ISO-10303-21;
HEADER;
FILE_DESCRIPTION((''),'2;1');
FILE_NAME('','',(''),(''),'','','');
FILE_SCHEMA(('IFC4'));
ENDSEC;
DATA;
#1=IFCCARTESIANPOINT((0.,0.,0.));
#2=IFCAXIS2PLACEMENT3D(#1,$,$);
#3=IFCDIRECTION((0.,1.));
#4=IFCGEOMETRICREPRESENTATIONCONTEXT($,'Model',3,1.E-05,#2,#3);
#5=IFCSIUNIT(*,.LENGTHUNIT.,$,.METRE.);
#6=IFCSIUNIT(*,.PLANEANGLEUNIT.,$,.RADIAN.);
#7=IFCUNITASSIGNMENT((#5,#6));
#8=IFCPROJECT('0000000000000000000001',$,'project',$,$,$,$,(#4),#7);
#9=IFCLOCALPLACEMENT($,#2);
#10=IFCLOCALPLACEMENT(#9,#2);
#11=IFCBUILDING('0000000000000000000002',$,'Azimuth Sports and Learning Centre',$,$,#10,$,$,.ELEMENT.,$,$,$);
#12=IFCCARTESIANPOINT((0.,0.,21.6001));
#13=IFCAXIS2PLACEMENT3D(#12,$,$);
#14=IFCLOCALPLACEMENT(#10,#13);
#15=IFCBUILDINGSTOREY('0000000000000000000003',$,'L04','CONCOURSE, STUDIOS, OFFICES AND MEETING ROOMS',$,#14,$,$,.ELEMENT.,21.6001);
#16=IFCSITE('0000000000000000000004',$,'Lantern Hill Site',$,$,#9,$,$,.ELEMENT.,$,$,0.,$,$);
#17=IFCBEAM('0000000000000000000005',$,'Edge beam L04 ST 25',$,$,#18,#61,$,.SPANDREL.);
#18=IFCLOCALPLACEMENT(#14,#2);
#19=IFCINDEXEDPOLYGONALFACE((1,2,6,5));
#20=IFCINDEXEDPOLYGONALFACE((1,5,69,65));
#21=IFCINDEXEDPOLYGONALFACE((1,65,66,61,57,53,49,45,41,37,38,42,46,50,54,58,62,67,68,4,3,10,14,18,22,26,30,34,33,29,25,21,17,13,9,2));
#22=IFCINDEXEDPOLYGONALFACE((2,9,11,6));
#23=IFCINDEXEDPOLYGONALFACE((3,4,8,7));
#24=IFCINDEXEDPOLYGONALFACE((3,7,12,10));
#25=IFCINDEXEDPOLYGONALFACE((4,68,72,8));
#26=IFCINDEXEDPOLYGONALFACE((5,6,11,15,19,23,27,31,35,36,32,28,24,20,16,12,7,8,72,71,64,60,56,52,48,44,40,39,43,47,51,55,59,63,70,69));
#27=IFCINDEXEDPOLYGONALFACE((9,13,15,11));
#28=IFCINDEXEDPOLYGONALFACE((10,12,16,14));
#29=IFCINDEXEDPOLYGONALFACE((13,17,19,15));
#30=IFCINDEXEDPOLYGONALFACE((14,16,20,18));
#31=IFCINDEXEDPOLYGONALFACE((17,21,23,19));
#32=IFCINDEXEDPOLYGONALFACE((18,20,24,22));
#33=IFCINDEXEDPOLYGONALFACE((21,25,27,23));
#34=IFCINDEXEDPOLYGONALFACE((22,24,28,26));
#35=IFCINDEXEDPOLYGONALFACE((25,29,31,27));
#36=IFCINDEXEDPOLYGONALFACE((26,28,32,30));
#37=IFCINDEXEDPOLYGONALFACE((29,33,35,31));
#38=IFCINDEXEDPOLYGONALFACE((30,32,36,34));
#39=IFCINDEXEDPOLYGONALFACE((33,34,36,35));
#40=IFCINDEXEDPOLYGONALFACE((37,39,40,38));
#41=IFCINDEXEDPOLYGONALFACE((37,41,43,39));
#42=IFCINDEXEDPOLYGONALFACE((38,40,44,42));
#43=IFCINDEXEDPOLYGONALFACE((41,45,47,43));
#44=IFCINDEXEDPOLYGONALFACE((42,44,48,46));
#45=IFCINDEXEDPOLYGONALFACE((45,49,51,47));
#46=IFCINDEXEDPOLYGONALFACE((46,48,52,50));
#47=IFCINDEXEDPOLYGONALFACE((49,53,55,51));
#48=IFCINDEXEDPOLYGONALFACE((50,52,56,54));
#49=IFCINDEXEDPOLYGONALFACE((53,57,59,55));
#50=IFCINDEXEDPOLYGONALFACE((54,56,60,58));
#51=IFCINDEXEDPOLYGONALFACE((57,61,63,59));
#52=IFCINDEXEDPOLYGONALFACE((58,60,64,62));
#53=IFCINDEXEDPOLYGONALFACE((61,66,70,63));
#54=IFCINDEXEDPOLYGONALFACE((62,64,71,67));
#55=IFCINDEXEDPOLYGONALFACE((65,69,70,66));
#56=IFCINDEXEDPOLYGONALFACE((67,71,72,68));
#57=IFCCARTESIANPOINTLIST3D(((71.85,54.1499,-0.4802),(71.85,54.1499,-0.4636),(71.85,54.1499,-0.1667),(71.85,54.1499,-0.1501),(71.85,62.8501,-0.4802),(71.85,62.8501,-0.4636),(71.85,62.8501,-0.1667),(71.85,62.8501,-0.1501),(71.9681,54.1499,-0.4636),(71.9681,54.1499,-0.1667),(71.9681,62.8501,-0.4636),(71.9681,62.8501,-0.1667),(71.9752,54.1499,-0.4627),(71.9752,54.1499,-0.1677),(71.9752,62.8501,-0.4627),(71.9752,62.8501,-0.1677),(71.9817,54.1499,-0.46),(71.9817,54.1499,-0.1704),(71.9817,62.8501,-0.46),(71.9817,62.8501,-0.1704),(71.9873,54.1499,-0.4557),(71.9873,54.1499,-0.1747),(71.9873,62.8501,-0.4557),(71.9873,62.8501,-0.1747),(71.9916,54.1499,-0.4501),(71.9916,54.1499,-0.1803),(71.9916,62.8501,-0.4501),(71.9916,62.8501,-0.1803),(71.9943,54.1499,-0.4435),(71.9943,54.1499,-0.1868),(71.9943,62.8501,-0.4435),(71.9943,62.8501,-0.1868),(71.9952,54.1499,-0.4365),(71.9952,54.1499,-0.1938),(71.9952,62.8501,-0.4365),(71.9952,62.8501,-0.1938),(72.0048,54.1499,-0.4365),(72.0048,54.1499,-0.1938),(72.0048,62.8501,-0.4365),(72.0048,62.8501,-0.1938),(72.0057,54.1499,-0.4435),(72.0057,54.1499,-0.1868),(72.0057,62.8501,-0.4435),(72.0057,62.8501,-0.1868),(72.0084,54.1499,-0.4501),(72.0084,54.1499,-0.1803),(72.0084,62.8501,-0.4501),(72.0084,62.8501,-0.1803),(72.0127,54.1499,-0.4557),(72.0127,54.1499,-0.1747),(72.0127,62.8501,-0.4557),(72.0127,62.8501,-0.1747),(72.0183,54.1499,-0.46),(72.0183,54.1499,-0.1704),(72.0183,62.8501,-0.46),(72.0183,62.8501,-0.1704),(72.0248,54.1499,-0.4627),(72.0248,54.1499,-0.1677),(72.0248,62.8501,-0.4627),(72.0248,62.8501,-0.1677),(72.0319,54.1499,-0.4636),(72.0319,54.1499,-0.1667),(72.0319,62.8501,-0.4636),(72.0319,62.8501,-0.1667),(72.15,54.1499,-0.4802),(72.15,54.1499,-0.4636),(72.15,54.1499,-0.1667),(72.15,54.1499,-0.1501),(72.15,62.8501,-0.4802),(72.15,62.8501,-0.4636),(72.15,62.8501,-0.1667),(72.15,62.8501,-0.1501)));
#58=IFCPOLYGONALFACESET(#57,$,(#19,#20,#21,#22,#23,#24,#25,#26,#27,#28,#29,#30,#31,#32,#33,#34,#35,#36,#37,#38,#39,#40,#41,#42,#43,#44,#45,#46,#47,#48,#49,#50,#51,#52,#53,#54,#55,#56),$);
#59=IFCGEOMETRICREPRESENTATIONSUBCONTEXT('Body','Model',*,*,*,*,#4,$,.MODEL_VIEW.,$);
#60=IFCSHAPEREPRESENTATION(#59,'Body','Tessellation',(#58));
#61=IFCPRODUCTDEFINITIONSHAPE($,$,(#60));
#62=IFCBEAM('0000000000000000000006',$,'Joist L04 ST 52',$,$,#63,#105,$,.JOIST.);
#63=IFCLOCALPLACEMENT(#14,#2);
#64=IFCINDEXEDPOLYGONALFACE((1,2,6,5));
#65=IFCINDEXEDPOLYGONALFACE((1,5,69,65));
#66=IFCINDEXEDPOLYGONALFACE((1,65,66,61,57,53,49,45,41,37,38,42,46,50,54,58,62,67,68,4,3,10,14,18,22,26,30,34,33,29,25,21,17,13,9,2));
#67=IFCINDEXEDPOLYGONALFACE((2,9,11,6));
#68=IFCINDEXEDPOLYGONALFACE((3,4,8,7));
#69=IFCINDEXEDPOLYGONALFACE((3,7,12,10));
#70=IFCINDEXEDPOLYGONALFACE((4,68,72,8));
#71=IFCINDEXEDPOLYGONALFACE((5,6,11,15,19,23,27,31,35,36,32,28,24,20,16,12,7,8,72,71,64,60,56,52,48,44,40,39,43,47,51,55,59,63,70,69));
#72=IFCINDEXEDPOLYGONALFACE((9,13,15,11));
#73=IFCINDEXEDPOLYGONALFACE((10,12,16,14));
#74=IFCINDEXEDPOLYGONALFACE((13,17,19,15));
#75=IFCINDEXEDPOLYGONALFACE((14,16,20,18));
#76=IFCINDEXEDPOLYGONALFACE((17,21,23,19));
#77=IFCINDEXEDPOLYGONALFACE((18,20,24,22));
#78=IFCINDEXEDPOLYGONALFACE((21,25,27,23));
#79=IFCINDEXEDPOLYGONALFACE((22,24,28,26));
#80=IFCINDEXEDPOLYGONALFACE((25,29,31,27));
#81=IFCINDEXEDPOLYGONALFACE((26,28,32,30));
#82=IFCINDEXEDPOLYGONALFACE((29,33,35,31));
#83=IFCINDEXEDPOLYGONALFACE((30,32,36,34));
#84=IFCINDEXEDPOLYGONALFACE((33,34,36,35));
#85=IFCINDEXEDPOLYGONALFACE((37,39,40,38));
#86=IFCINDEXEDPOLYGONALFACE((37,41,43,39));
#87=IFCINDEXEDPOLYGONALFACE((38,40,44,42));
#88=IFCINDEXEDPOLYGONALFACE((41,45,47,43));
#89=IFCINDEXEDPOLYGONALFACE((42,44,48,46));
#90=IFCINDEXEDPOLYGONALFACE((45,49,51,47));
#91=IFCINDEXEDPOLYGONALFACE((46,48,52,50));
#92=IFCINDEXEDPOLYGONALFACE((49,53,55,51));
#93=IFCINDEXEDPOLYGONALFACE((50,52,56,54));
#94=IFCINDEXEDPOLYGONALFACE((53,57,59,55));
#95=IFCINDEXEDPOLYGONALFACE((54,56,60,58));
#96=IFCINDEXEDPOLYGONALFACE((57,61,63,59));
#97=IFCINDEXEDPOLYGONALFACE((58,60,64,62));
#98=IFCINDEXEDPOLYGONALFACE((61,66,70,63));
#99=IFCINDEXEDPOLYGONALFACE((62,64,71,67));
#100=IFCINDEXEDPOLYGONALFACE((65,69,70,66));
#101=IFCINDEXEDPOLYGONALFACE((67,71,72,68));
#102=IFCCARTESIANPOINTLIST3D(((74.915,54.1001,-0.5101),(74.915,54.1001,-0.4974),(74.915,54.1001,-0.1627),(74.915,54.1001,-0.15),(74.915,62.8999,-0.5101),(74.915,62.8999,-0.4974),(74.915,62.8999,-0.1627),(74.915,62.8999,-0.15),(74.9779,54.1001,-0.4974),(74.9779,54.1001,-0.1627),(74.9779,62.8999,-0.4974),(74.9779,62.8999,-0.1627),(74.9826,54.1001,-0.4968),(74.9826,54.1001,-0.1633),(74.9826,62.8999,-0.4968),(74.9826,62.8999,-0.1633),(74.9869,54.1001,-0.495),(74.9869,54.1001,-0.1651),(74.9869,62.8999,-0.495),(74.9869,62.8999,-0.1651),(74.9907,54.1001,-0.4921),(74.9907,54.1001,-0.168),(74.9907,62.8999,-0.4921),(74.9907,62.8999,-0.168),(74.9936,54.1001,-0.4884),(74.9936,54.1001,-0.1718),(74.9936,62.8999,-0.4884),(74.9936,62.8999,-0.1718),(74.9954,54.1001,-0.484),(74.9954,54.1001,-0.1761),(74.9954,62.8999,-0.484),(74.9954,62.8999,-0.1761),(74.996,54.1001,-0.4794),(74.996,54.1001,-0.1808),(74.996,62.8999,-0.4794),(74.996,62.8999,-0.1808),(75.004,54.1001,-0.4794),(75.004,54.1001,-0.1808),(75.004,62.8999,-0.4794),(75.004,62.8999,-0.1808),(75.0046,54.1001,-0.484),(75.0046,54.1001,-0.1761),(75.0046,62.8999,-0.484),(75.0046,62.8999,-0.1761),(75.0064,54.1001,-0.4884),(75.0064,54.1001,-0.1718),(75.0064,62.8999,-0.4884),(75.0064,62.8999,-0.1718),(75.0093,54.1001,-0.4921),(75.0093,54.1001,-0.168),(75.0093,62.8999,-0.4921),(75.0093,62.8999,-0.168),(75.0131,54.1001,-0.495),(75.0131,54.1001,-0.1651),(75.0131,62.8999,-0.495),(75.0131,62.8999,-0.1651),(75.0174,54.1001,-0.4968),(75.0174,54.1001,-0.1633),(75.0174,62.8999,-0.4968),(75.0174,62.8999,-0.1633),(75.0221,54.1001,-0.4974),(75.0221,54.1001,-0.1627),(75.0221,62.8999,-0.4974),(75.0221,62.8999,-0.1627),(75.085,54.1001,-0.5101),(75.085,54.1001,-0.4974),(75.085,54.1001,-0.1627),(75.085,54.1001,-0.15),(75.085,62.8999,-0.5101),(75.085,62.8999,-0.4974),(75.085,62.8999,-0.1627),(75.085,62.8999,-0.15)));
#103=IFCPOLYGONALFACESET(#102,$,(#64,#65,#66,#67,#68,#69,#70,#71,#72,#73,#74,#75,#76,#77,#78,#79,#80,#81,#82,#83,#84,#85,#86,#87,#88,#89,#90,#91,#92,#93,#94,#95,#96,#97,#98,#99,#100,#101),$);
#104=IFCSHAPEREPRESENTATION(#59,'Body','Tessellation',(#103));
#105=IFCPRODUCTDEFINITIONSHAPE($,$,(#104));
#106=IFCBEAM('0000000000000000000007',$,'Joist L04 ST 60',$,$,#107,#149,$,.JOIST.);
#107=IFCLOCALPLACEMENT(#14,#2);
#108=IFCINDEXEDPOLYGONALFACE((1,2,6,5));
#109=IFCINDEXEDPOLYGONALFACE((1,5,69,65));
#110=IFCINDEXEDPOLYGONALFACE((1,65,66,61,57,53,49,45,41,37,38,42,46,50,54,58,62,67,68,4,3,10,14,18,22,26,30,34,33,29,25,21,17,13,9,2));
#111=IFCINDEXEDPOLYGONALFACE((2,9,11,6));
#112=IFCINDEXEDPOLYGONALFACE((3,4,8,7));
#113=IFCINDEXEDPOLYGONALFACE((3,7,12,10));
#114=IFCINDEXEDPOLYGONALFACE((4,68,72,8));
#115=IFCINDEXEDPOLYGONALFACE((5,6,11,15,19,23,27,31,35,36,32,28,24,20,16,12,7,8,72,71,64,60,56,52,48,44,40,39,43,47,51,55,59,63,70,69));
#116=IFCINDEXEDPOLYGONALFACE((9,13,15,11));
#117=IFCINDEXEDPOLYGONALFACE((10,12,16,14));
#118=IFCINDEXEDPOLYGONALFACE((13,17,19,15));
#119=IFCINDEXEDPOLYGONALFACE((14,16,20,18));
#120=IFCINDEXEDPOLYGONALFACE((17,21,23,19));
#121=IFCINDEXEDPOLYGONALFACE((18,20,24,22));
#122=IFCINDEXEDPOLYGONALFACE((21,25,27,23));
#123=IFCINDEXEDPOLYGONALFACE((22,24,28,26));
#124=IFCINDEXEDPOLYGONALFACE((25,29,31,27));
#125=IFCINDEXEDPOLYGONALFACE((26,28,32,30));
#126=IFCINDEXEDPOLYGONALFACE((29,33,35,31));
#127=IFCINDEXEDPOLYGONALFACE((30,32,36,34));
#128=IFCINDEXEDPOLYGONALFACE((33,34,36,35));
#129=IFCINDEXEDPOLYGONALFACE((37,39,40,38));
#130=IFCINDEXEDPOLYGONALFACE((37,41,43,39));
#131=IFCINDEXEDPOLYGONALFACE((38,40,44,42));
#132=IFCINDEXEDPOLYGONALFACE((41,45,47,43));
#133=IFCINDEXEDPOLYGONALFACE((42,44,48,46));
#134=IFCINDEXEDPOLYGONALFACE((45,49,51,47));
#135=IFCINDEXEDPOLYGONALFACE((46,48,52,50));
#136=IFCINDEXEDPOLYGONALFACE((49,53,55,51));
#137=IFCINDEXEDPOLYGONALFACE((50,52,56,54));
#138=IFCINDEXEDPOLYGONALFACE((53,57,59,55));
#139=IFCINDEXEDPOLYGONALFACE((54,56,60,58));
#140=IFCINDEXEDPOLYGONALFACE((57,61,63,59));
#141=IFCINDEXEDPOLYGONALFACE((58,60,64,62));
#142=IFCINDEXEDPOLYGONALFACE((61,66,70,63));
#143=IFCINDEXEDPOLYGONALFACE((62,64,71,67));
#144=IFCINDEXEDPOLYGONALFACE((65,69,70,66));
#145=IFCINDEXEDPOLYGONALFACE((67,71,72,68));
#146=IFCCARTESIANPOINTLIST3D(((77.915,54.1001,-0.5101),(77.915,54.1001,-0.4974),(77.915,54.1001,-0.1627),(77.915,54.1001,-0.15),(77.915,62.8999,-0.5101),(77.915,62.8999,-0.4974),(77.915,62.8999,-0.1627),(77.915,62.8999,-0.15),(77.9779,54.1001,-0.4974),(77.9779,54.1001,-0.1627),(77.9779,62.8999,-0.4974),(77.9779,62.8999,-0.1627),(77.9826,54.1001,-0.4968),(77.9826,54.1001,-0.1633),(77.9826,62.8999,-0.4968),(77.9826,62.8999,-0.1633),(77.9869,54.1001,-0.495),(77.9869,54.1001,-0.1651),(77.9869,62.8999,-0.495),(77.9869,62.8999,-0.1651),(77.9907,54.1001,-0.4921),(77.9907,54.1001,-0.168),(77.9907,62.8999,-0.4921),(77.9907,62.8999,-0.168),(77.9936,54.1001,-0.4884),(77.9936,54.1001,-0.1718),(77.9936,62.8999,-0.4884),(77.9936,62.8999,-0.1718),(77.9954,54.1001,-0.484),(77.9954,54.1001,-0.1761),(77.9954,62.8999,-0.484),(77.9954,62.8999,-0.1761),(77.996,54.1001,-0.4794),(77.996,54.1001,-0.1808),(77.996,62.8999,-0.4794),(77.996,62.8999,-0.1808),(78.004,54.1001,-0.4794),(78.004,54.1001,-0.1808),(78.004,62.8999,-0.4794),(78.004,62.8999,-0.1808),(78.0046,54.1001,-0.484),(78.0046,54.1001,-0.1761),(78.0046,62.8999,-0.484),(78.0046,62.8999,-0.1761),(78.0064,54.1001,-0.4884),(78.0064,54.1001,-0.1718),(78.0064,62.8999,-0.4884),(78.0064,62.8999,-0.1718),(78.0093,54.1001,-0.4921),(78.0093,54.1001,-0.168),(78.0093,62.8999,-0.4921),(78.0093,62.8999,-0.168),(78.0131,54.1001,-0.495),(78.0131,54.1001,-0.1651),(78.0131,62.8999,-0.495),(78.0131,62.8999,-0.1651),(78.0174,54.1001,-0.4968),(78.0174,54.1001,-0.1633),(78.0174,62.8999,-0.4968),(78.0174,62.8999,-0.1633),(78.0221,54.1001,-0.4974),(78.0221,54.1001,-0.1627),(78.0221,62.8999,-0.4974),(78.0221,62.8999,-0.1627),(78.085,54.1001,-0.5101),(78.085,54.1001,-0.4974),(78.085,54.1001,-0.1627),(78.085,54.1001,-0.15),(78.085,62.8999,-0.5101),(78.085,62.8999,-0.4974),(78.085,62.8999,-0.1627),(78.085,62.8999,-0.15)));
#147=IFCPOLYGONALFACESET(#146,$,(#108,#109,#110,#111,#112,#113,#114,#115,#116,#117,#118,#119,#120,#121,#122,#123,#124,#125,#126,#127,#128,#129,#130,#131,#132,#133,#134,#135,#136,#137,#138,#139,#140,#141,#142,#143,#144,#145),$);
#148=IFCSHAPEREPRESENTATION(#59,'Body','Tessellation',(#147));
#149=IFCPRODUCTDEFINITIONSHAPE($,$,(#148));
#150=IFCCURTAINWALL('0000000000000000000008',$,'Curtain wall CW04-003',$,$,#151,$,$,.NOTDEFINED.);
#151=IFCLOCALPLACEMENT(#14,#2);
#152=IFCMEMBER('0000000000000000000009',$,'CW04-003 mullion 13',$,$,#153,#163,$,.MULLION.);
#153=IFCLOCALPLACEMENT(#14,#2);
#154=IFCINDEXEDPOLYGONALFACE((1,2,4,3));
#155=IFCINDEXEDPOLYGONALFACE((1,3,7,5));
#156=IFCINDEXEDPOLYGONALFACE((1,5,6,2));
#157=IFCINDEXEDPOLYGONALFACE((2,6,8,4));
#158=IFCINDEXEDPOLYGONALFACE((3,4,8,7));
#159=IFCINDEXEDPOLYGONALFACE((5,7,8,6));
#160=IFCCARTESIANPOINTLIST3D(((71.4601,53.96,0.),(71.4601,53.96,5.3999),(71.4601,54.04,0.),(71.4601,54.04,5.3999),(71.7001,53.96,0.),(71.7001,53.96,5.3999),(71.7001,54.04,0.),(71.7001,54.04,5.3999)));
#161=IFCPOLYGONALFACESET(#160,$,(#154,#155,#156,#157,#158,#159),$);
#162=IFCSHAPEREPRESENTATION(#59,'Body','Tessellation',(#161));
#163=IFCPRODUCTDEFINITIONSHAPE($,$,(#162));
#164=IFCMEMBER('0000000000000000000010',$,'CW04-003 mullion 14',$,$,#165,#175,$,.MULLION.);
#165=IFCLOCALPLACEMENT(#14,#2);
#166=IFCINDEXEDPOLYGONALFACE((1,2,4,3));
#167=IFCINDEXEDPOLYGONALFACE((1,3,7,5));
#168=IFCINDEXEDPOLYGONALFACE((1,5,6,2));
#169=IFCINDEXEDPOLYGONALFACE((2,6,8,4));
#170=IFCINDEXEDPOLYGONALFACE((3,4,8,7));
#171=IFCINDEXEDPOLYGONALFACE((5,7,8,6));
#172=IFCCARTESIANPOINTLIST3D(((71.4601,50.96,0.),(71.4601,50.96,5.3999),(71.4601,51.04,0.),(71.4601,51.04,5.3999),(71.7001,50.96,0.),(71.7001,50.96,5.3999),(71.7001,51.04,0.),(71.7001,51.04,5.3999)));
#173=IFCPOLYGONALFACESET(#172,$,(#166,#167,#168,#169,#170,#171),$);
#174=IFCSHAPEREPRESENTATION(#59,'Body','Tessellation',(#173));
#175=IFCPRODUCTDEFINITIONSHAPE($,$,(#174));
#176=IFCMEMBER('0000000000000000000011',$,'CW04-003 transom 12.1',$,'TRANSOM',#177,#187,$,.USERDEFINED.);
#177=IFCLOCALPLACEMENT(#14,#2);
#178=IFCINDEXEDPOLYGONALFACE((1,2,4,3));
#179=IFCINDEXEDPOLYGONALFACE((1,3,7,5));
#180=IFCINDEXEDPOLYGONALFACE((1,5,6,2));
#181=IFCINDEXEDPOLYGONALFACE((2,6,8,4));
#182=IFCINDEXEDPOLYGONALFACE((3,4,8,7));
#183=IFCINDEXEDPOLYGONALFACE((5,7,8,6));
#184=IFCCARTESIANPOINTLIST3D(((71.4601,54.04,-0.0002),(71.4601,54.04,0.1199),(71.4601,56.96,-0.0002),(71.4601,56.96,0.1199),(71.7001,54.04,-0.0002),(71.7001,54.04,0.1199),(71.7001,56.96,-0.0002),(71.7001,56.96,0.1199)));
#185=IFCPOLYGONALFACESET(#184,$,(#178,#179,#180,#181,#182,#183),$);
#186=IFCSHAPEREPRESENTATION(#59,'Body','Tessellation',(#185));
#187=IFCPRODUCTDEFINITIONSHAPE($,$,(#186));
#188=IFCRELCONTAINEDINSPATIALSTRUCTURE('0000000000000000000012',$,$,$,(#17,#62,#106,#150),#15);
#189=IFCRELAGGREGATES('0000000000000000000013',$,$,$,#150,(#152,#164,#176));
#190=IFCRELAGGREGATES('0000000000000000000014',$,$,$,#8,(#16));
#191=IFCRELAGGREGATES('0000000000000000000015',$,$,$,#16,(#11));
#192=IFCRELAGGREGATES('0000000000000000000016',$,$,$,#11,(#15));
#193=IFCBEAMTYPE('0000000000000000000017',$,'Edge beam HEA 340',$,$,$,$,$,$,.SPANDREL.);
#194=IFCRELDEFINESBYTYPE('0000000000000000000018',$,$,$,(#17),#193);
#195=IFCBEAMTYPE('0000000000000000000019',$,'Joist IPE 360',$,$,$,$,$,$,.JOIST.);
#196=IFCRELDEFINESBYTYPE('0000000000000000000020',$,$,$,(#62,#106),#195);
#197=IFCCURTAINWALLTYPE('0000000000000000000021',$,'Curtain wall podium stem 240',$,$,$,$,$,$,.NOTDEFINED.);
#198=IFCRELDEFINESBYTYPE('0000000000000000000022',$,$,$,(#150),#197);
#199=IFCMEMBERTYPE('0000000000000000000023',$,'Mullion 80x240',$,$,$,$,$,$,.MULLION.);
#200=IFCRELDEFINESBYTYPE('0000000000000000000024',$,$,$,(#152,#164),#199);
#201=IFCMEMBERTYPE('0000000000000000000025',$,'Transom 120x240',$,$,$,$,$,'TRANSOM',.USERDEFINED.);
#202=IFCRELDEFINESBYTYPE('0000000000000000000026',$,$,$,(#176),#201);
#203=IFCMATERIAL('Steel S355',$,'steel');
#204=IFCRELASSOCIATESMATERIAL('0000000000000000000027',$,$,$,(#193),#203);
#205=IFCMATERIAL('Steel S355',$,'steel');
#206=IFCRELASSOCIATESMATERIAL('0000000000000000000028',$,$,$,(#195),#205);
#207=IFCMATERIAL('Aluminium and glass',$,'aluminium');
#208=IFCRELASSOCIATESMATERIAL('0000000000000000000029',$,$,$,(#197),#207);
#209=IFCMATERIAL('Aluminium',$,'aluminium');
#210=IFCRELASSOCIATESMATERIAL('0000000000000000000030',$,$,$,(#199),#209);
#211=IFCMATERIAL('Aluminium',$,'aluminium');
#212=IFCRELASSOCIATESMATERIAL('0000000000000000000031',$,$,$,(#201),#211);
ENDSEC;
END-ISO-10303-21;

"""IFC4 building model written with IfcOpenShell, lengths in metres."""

from ifc_helpers import new_model, si_unit, direction, frame, origin, origin_2d, place, context, subcontext, project, spatial, rectangle, i_section, extrude, material, material_profile, profile_set, type_object, element, aggregate, save


model = new_model("IFC4")

# Units and contexts
model_context = context("Model", 3, precision=1e-05, world=origin(), true_north=direction((0.0, 1.0)))
body_context = subcontext(model_context, "Body", "Model", "MODEL_VIEW")
ifc_project = project(units=[si_unit("LENGTHUNIT", "METRE"), si_unit("PLANEANGLEUNIT", "RADIAN")], contexts=[model_context])

# Site, building, storey
site_placement = place(None, origin())
site = spatial("IfcSite", under=ifc_project, at=site_placement, Name="Lantern Hill Site", CompositionType="ELEMENT", RefElevation=0.0)
building_placement = place(site_placement, origin())
building = spatial("IfcBuilding", under=site, at=building_placement, Name="Azimuth Sports and Learning Centre", CompositionType="ELEMENT")
storey_placement = place(building_placement, frame((0.0, 0.0, 21.6001)))
storey = spatial("IfcBuildingStorey", under=building, at=storey_placement, Name="L04", Description="CONCOURSE, STUDIOS, OFFICES AND MEETING ROOMS", CompositionType="ELEMENT", Elevation=21.6001)

# Beams
ifc_material_1 = material(Name="Steel S355", Category="steel")
ifc_material_profile_1 = material_profile(ifc_material_1, i_section(OverallWidth=0.3, OverallDepth=0.3301, WebThickness=0.0095, FlangeThickness=0.0166, FilletRadius=0.0271, at=origin_2d()), Name="HEA 340")
ifc_profile_set_1 = profile_set([ifc_material_profile_1], Name="Steel S355")
beam_type_1 = type_object("IfcBeamType", Name="Edge beam HEA 340", PredefinedType="SPANDREL", material=ifc_profile_set_1)
beam_1_placement = place(storey_placement, frame((72.0, 54.1499, -0.3152), z_axis=(0.0, 1.0, 0.0), x_axis=(-1.0, 0.0, 0.0)))
element("IfcBeam", 1, at=beam_1_placement, inside=storey, type_object=beam_type_1, Name="Edge beam L04 ST 25", PredefinedType="SPANDREL", context=body_context, shape_type="SweptSolid", body=[
    extrude(i_section(OverallWidth=0.3, OverallDepth=0.3301, WebThickness=0.0095, FlangeThickness=0.0166, FilletRadius=0.0271, at=origin_2d()), origin(), (0.0, 0.0, 1.0), 8.7002),
])
ifc_material_2 = material(Name="Steel S355", Category="steel")
ifc_material_profile_2 = material_profile(ifc_material_2, i_section(OverallWidth=0.1699, OverallDepth=0.3601, WebThickness=0.0081, FlangeThickness=0.0127, FilletRadius=0.0181, at=origin_2d()), Name="IPE 360")
ifc_profile_set_2 = profile_set([ifc_material_profile_2], Name="Steel S355")
beam_type_2 = type_object("IfcBeamType", Name="Joist IPE 360", PredefinedType="JOIST", material=ifc_profile_set_2)
for number, where, z_axis, x_axis, name in (
    (2, (75.0, 54.1001, -0.3301), (0.0, 1.0, 0.0), (-1.0, 0.0, 0.0), "Joist L04 ST 52"),
    (3, (78.0, 54.1001, -0.3301), (0.0, 1.0, 0.0), (-1.0, 0.0, 0.0), "Joist L04 ST 60"),
):
    element("IfcBeam", number, at=place(storey_placement, frame(where, z_axis=z_axis, x_axis=x_axis)), inside=storey, type_object=beam_type_2, Name=name, PredefinedType="JOIST", context=body_context, shape_type="SweptSolid", body=[
        extrude(i_section(OverallWidth=0.1699, OverallDepth=0.3601, WebThickness=0.0081, FlangeThickness=0.0127, FilletRadius=0.0181, at=origin_2d()), origin(), (0.0, 0.0, 1.0), 8.7998),
    ])

# Curtain wall, members
ifc_material_3 = material(Name="Aluminium and glass", Category="aluminium")
curtain_wall_type = type_object("IfcCurtainWallType", Name="Curtain wall podium stem 240", PredefinedType="NOTDEFINED", material=ifc_material_3)
curtain_wall_placement = place(storey_placement, origin())
curtain_wall = element("IfcCurtainWall", 4, at=curtain_wall_placement, inside=storey, type_object=curtain_wall_type, Name="Curtain wall CW04-003", PredefinedType="NOTDEFINED")
ifc_material_4 = material(Name="Aluminium", Category="aluminium")
ifc_material_profile_3 = material_profile(ifc_material_4, rectangle(XDim=0.24, YDim=0.0801, at=origin_2d()), Name="Mullion 80x240")
ifc_profile_set_3 = profile_set([ifc_material_profile_3], Name="Aluminium")
member_type_1 = type_object("IfcMemberType", Name="Mullion 80x240", PredefinedType="MULLION", material=ifc_profile_set_3)
member_1_placement = place(storey_placement, frame((71.5801, 54.0, 0.0), z_axis=(0.0, 0.0, 1.0), x_axis=(1.0, 0.0, 0.0)))
member_1 = element("IfcMember", 5, at=member_1_placement, type_object=member_type_1, Name="CW04-003 mullion 13", PredefinedType="MULLION", context=body_context, shape_type="SweptSolid", body=[
    extrude(rectangle(XDim=0.24, YDim=0.0801, at=origin_2d()), origin(), (0.0, 0.0, 1.0), 5.3999),
])
member_2_placement = place(storey_placement, frame((71.5801, 51.0, 0.0), z_axis=(0.0, 0.0, 1.0), x_axis=(1.0, 0.0, 0.0)))
member_2 = element("IfcMember", 6, at=member_2_placement, type_object=member_type_1, Name="CW04-003 mullion 14", PredefinedType="MULLION", context=body_context, shape_type="SweptSolid", body=[
    extrude(rectangle(XDim=0.24, YDim=0.0801, at=origin_2d()), origin(), (0.0, 0.0, 1.0), 5.3999),
])
ifc_material_5 = material(Name="Aluminium", Category="aluminium")
ifc_material_profile_4 = material_profile(ifc_material_5, rectangle(XDim=0.24, YDim=0.1201, at=origin_2d()), Name="Transom 120x240")
ifc_profile_set_4 = profile_set([ifc_material_profile_4], Name="Aluminium")
member_type_2 = type_object("IfcMemberType", Name="Transom 120x240", ElementType="TRANSOM", PredefinedType="USERDEFINED", material=ifc_profile_set_4)
member_3_placement = place(storey_placement, frame((71.5801, 56.96, 0.0598), z_axis=(0.0, -1.0, 0.0), x_axis=(1.0, 0.0, 0.0)))
member_3 = element("IfcMember", 7, at=member_3_placement, type_object=member_type_2, Name="CW04-003 transom 12.1", ObjectType="TRANSOM", PredefinedType="USERDEFINED", context=body_context, shape_type="SweptSolid", body=[
    extrude(rectangle(XDim=0.24, YDim=0.1201, at=origin_2d()), origin(), (0.0, 0.0, 1.0), 2.9199),
])
aggregate(curtain_wall, [member_1, member_2, member_3])

save(model, "model.ifc")
